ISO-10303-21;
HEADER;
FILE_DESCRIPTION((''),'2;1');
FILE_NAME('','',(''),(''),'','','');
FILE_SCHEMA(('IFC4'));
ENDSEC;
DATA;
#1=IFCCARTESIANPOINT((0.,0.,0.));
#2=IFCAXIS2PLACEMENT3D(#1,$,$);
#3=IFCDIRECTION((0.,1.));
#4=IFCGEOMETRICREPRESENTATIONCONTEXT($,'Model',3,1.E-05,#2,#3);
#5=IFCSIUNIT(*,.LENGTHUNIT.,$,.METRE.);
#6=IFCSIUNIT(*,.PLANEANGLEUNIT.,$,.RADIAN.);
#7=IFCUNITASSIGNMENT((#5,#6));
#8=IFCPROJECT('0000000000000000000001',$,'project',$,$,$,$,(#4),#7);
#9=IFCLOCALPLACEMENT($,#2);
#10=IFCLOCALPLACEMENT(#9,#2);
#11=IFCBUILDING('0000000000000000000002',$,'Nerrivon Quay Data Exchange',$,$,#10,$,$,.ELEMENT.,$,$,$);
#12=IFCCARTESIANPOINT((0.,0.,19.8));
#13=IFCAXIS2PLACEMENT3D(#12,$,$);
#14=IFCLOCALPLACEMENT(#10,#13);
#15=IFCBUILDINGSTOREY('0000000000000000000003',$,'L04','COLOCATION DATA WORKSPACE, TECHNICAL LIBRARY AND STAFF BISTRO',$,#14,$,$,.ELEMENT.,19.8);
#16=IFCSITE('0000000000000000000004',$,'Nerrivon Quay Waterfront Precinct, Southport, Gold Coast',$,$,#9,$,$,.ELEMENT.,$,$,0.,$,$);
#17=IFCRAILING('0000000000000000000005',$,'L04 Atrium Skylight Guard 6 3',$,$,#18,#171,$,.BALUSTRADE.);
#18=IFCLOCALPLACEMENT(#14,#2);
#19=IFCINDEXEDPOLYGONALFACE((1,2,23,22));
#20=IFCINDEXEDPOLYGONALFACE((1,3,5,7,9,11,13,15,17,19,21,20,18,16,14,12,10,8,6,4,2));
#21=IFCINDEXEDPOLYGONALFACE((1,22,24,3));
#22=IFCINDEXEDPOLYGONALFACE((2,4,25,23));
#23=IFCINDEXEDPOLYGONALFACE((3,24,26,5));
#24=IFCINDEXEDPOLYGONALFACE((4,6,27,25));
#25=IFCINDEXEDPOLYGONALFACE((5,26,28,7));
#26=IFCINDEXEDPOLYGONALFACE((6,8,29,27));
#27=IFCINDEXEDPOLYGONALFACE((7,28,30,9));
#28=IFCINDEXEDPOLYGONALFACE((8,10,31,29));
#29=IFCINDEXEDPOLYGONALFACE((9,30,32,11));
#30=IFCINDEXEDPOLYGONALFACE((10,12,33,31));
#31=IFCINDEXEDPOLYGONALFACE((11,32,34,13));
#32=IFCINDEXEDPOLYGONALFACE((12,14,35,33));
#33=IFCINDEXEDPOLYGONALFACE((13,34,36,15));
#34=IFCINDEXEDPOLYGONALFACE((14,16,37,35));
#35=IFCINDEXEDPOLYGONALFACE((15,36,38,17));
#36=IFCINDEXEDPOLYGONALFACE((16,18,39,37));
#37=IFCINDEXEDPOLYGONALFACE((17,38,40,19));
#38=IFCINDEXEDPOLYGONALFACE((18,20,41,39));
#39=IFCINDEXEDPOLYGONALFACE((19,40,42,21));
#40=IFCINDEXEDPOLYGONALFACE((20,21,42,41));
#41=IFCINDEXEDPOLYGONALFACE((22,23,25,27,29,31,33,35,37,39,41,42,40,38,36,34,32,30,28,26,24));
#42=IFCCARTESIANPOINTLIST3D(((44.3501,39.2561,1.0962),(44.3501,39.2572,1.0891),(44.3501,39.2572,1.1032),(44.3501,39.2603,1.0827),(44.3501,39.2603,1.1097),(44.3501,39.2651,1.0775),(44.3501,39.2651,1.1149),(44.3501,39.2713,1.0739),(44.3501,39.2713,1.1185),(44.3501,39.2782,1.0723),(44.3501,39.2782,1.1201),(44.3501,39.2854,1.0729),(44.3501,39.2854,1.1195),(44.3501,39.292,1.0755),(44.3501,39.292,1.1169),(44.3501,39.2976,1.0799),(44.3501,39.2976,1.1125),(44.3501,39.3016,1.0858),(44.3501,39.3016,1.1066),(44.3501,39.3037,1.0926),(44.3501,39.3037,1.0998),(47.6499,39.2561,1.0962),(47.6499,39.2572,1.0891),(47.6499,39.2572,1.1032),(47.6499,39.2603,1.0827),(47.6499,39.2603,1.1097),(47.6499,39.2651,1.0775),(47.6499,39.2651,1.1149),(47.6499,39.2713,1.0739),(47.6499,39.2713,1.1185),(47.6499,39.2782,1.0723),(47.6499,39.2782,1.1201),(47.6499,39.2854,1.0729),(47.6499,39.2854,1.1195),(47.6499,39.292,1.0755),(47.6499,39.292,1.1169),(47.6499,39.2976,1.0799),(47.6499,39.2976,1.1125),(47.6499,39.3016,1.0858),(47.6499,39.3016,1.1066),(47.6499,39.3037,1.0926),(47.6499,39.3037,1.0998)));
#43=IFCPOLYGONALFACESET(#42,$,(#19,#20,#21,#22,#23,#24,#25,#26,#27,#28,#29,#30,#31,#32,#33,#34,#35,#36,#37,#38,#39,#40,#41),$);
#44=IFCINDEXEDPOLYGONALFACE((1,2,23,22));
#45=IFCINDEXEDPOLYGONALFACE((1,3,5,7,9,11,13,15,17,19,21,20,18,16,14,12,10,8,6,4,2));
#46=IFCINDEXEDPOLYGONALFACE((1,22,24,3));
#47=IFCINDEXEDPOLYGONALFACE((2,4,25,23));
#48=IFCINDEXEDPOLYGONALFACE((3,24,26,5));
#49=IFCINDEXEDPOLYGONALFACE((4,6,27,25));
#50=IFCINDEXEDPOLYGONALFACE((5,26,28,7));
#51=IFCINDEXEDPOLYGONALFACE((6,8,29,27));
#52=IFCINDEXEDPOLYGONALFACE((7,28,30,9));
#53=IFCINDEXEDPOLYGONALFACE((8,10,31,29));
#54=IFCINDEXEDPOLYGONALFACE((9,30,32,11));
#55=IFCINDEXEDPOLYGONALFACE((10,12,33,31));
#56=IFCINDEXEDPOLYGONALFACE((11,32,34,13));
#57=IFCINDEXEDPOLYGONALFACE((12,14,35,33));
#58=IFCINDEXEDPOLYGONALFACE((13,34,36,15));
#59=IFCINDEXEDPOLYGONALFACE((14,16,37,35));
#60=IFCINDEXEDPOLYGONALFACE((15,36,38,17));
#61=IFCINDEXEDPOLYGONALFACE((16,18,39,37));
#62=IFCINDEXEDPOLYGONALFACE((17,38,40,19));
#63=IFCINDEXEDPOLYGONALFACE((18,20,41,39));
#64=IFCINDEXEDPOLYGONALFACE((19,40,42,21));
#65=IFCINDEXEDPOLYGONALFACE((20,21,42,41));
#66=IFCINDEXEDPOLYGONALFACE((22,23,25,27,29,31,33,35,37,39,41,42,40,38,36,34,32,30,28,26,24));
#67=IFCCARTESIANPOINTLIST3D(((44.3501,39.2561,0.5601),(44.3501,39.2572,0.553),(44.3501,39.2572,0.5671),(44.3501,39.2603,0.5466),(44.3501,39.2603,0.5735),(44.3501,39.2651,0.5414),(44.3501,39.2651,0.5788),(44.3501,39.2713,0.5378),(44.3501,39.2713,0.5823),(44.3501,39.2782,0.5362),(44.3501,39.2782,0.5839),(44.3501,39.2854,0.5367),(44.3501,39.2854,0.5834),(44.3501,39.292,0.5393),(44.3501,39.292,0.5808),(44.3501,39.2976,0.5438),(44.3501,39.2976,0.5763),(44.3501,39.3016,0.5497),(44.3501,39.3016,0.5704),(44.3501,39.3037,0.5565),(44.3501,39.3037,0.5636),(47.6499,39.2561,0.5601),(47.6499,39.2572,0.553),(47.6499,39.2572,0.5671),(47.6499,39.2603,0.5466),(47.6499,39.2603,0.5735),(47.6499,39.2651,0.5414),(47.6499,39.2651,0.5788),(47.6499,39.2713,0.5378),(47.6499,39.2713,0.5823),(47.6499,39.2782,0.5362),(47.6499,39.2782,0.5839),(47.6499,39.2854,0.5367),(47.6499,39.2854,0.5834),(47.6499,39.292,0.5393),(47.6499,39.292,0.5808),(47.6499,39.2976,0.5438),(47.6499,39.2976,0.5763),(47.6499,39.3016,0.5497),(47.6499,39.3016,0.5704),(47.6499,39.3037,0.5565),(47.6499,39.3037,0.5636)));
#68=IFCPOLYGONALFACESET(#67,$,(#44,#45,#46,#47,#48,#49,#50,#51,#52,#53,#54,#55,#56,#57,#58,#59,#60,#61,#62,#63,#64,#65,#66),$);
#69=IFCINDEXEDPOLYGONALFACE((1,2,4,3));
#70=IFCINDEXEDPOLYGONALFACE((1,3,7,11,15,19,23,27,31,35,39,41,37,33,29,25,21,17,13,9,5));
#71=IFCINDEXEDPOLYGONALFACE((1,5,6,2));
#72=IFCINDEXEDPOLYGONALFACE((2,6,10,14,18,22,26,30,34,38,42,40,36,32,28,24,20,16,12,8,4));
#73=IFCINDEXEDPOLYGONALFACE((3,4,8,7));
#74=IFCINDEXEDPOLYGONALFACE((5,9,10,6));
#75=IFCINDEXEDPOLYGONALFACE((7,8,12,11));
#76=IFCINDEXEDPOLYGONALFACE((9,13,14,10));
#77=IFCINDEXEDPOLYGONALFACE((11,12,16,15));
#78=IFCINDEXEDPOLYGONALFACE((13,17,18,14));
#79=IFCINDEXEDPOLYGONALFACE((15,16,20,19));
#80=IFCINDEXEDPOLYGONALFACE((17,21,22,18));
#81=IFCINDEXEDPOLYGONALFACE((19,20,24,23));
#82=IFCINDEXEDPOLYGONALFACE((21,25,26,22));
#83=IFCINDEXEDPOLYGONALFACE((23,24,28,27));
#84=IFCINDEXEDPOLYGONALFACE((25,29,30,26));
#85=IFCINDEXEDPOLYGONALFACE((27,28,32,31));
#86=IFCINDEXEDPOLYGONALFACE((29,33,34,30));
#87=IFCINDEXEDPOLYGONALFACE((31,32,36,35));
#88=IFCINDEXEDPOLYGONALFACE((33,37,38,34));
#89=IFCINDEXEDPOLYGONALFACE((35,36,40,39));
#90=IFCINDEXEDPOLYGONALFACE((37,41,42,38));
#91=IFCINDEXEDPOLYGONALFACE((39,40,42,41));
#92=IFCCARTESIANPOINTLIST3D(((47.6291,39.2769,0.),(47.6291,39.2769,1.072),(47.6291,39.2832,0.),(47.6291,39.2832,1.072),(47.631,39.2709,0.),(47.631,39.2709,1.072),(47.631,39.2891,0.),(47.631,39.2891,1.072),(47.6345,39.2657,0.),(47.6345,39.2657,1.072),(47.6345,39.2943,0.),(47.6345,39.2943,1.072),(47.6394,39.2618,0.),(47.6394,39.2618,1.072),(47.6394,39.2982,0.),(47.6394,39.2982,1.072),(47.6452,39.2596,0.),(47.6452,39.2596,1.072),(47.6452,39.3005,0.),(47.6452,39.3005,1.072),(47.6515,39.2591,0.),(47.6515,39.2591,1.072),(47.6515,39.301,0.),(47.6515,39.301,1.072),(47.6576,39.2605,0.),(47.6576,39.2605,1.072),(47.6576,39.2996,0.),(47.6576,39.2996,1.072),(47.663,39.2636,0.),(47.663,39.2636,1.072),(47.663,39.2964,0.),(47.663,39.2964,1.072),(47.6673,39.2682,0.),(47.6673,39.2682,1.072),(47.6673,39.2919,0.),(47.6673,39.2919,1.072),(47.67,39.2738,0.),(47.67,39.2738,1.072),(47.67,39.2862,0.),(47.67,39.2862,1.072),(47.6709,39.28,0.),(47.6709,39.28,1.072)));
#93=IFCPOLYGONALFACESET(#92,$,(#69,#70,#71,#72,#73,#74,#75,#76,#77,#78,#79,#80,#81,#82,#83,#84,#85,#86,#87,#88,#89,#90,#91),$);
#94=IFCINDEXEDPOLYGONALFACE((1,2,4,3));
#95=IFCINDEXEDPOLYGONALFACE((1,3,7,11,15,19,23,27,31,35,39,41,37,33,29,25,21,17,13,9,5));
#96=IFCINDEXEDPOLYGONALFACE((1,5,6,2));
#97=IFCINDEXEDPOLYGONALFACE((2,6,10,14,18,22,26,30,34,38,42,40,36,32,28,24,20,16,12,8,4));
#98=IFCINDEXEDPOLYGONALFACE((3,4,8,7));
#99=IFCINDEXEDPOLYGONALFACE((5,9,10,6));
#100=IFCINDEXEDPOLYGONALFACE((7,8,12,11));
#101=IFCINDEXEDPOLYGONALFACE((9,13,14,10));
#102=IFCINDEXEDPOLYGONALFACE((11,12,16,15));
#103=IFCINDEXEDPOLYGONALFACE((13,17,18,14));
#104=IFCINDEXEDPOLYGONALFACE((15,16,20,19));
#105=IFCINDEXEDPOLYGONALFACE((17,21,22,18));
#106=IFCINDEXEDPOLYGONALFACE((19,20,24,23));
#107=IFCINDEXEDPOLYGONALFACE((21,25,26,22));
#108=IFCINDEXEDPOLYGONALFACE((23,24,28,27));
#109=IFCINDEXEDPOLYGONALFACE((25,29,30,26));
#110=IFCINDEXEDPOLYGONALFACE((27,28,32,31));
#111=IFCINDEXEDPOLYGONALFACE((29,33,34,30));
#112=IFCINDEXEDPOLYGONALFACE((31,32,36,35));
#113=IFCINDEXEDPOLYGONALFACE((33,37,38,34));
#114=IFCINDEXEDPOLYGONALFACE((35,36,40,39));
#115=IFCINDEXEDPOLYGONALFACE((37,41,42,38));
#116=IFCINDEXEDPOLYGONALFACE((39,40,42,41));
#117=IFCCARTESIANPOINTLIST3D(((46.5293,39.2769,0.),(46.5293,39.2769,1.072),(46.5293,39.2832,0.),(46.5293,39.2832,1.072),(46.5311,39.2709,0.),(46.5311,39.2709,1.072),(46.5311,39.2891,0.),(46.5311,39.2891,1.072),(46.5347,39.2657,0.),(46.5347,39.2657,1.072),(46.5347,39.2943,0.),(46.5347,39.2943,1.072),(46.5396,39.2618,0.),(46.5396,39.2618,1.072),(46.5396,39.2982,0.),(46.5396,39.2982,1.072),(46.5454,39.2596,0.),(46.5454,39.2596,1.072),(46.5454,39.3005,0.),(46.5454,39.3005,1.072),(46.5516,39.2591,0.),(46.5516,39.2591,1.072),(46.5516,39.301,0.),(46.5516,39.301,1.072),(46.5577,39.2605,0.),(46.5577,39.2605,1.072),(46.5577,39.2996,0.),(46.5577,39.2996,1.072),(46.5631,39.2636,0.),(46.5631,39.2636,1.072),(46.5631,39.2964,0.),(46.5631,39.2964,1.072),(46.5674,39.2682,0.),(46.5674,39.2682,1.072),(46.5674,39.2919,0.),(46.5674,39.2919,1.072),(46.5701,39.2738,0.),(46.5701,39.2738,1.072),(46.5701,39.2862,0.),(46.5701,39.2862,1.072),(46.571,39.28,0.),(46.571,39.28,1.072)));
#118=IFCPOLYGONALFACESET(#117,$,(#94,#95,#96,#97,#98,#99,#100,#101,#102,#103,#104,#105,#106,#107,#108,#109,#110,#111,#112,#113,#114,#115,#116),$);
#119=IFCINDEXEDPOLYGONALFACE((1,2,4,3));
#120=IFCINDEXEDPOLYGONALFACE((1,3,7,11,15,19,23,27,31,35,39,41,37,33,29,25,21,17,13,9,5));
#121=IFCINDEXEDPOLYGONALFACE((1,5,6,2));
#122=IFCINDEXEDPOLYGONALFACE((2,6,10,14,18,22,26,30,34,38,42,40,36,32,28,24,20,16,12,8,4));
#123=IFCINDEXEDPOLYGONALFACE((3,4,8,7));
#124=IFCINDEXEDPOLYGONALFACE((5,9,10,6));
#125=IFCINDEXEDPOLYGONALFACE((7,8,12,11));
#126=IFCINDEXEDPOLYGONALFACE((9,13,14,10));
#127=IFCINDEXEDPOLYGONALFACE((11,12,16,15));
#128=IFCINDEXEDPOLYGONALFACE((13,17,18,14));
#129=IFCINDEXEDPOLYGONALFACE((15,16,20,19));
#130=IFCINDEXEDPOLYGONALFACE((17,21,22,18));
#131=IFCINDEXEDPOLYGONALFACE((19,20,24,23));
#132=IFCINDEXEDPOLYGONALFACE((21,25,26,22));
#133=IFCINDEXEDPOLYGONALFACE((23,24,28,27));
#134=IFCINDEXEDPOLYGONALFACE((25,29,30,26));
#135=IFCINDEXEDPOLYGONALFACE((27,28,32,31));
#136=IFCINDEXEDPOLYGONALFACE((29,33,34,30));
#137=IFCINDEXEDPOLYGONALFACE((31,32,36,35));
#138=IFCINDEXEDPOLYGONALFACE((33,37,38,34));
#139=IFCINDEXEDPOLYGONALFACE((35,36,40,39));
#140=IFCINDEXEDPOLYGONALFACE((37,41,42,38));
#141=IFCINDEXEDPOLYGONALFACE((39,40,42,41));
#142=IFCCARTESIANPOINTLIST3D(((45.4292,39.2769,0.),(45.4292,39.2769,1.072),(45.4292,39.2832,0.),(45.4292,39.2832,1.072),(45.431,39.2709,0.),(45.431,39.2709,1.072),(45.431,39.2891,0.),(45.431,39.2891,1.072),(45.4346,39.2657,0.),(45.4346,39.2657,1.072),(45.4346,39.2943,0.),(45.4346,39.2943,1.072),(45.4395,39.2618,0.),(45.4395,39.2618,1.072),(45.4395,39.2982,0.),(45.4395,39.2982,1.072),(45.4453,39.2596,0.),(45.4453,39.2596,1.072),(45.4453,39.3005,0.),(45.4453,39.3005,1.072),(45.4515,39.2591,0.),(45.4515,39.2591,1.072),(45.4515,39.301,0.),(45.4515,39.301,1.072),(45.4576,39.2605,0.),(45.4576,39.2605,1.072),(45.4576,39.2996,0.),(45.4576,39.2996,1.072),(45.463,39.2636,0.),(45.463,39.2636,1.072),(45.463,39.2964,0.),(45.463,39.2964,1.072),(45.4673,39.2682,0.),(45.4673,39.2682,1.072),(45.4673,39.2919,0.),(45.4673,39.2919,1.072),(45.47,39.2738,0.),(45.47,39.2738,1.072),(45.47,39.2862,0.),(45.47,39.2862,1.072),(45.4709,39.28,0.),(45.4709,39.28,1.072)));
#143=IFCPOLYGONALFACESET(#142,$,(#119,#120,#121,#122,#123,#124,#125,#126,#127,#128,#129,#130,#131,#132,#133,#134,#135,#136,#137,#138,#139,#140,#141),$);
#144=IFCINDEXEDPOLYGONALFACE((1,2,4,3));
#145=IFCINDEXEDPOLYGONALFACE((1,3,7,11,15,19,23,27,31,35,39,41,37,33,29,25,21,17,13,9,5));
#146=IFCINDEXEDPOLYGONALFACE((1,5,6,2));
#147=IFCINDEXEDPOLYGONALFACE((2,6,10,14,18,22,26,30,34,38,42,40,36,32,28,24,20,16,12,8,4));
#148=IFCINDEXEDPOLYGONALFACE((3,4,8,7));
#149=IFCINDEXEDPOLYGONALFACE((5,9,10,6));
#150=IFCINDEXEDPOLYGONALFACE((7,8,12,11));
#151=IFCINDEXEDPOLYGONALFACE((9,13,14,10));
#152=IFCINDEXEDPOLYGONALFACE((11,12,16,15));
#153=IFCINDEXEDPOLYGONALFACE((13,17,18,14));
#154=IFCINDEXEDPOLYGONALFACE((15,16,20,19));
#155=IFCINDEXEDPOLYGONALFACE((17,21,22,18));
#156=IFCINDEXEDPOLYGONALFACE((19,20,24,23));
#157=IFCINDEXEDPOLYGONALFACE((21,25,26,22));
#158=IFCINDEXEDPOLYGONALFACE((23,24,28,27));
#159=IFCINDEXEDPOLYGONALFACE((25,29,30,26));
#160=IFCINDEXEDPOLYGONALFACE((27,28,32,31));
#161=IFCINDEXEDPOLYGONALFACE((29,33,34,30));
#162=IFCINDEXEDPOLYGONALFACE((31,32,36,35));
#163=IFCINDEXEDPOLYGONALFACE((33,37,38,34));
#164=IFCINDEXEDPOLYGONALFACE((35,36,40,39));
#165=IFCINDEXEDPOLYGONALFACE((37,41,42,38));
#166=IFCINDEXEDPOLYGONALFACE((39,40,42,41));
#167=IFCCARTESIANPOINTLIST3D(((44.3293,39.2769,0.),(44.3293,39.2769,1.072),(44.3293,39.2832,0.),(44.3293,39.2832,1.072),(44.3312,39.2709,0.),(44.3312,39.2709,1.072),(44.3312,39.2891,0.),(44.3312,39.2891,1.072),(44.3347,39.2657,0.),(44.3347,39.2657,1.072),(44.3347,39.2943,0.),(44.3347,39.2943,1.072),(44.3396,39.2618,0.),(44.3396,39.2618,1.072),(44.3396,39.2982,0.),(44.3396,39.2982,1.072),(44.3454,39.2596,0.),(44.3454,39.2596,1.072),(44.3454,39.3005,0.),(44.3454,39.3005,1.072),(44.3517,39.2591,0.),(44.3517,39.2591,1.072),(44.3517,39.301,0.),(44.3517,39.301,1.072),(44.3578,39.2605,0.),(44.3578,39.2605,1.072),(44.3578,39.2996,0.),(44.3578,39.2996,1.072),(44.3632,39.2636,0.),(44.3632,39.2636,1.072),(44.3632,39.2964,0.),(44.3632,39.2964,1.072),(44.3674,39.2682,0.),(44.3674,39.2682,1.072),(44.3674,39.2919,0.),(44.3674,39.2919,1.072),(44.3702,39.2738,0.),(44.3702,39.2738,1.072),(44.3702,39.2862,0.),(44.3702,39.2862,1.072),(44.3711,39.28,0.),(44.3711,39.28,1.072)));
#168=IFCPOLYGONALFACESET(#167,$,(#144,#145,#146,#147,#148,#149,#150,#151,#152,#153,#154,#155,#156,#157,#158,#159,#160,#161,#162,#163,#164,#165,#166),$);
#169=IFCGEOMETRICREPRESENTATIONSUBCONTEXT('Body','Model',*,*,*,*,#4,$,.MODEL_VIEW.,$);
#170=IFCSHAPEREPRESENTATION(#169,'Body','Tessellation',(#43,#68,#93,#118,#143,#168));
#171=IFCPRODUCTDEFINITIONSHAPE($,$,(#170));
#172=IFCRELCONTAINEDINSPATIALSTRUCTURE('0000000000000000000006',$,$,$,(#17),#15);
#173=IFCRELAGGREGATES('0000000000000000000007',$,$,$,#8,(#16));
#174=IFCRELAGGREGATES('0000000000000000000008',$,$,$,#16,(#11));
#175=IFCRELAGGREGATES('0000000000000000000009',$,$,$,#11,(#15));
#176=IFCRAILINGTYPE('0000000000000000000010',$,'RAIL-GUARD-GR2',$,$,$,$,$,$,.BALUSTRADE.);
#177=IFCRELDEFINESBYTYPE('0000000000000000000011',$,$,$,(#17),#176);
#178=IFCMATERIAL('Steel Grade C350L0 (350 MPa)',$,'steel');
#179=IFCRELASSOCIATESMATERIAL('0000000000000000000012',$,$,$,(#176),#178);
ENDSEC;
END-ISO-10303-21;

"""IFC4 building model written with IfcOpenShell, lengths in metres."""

from ifc_helpers import new_model, si_unit, direction, frame, origin, origin_2d, place, context, subcontext, project, spatial, circle, extrude, material, type_object, element, save


model = new_model("IFC4")

# Units and contexts
model_context = context("Model", 3, precision=1e-05, world=origin(), true_north=direction((0.0, 1.0)))
body_context = subcontext(model_context, "Body", "Model", "MODEL_VIEW")
ifc_project = project(units=[si_unit("LENGTHUNIT", "METRE"), si_unit("PLANEANGLEUNIT", "RADIAN")], contexts=[model_context])

# Site, building, storey
site_placement = place(None, origin())
site = spatial("IfcSite", under=ifc_project, at=site_placement, Name="Nerrivon Quay Waterfront Precinct, Southport, Gold Coast", CompositionType="ELEMENT", RefElevation=0.0)
building_placement = place(site_placement, origin())
building = spatial("IfcBuilding", under=site, at=building_placement, Name="Nerrivon Quay Data Exchange", CompositionType="ELEMENT")
storey_placement = place(building_placement, frame((0.0, 0.0, 19.8)))
storey = spatial("IfcBuildingStorey", under=building, at=storey_placement, Name="L04", Description="COLOCATION DATA WORKSPACE, TECHNICAL LIBRARY AND STAFF BISTRO", CompositionType="ELEMENT", Elevation=19.8)

# Railing
ifc_material_1 = material(Name="Steel Grade C350L0 (350 MPa)", Category="steel")
railing_type = type_object("IfcRailingType", Name="RAIL-GUARD-GR2", PredefinedType="BALUSTRADE", material=ifc_material_1)
railing_1_placement = place(storey_placement, frame((47.6499, 39.28, 0.0)))
element("IfcRailing", 1, at=railing_1_placement, inside=storey, type_object=railing_type, Name="L04 Atrium Skylight Guard 6 3", PredefinedType="BALUSTRADE", context=body_context, shape_type="SweptSolid", body=[
    extrude(circle(Radius=0.0239, at=origin_2d()), frame((0.0, 0.0, 1.0962), z_axis=(-1.0, 0.0, 0.0), x_axis=(0.0, -1.0, 0.0)), (0.0, 0.0, 1.0), 3.2998),
    extrude(circle(Radius=0.0239, at=origin_2d()), frame((0.0, 0.0, 0.5601), z_axis=(-1.0, 0.0, 0.0), x_axis=(0.0, -1.0, 0.0)), (0.0, 0.0, 1.0), 3.2998),
    extrude(circle(Radius=0.021, at=origin_2d()), origin(), (0.0, 0.0, 1.0), 1.072),
    extrude(circle(Radius=0.021, at=origin_2d()), frame((-1.0999, 0.0, 0.0)), (0.0, 0.0, 1.0), 1.072),
    extrude(circle(Radius=0.021, at=origin_2d()), frame((-2.2, 0.0, 0.0)), (0.0, 0.0, 1.0), 1.072),
    extrude(circle(Radius=0.021, at=origin_2d()), frame((-3.2998, 0.0, 0.0)), (0.0, 0.0, 1.0), 1.072),
])

save(model, "model.ifc")
